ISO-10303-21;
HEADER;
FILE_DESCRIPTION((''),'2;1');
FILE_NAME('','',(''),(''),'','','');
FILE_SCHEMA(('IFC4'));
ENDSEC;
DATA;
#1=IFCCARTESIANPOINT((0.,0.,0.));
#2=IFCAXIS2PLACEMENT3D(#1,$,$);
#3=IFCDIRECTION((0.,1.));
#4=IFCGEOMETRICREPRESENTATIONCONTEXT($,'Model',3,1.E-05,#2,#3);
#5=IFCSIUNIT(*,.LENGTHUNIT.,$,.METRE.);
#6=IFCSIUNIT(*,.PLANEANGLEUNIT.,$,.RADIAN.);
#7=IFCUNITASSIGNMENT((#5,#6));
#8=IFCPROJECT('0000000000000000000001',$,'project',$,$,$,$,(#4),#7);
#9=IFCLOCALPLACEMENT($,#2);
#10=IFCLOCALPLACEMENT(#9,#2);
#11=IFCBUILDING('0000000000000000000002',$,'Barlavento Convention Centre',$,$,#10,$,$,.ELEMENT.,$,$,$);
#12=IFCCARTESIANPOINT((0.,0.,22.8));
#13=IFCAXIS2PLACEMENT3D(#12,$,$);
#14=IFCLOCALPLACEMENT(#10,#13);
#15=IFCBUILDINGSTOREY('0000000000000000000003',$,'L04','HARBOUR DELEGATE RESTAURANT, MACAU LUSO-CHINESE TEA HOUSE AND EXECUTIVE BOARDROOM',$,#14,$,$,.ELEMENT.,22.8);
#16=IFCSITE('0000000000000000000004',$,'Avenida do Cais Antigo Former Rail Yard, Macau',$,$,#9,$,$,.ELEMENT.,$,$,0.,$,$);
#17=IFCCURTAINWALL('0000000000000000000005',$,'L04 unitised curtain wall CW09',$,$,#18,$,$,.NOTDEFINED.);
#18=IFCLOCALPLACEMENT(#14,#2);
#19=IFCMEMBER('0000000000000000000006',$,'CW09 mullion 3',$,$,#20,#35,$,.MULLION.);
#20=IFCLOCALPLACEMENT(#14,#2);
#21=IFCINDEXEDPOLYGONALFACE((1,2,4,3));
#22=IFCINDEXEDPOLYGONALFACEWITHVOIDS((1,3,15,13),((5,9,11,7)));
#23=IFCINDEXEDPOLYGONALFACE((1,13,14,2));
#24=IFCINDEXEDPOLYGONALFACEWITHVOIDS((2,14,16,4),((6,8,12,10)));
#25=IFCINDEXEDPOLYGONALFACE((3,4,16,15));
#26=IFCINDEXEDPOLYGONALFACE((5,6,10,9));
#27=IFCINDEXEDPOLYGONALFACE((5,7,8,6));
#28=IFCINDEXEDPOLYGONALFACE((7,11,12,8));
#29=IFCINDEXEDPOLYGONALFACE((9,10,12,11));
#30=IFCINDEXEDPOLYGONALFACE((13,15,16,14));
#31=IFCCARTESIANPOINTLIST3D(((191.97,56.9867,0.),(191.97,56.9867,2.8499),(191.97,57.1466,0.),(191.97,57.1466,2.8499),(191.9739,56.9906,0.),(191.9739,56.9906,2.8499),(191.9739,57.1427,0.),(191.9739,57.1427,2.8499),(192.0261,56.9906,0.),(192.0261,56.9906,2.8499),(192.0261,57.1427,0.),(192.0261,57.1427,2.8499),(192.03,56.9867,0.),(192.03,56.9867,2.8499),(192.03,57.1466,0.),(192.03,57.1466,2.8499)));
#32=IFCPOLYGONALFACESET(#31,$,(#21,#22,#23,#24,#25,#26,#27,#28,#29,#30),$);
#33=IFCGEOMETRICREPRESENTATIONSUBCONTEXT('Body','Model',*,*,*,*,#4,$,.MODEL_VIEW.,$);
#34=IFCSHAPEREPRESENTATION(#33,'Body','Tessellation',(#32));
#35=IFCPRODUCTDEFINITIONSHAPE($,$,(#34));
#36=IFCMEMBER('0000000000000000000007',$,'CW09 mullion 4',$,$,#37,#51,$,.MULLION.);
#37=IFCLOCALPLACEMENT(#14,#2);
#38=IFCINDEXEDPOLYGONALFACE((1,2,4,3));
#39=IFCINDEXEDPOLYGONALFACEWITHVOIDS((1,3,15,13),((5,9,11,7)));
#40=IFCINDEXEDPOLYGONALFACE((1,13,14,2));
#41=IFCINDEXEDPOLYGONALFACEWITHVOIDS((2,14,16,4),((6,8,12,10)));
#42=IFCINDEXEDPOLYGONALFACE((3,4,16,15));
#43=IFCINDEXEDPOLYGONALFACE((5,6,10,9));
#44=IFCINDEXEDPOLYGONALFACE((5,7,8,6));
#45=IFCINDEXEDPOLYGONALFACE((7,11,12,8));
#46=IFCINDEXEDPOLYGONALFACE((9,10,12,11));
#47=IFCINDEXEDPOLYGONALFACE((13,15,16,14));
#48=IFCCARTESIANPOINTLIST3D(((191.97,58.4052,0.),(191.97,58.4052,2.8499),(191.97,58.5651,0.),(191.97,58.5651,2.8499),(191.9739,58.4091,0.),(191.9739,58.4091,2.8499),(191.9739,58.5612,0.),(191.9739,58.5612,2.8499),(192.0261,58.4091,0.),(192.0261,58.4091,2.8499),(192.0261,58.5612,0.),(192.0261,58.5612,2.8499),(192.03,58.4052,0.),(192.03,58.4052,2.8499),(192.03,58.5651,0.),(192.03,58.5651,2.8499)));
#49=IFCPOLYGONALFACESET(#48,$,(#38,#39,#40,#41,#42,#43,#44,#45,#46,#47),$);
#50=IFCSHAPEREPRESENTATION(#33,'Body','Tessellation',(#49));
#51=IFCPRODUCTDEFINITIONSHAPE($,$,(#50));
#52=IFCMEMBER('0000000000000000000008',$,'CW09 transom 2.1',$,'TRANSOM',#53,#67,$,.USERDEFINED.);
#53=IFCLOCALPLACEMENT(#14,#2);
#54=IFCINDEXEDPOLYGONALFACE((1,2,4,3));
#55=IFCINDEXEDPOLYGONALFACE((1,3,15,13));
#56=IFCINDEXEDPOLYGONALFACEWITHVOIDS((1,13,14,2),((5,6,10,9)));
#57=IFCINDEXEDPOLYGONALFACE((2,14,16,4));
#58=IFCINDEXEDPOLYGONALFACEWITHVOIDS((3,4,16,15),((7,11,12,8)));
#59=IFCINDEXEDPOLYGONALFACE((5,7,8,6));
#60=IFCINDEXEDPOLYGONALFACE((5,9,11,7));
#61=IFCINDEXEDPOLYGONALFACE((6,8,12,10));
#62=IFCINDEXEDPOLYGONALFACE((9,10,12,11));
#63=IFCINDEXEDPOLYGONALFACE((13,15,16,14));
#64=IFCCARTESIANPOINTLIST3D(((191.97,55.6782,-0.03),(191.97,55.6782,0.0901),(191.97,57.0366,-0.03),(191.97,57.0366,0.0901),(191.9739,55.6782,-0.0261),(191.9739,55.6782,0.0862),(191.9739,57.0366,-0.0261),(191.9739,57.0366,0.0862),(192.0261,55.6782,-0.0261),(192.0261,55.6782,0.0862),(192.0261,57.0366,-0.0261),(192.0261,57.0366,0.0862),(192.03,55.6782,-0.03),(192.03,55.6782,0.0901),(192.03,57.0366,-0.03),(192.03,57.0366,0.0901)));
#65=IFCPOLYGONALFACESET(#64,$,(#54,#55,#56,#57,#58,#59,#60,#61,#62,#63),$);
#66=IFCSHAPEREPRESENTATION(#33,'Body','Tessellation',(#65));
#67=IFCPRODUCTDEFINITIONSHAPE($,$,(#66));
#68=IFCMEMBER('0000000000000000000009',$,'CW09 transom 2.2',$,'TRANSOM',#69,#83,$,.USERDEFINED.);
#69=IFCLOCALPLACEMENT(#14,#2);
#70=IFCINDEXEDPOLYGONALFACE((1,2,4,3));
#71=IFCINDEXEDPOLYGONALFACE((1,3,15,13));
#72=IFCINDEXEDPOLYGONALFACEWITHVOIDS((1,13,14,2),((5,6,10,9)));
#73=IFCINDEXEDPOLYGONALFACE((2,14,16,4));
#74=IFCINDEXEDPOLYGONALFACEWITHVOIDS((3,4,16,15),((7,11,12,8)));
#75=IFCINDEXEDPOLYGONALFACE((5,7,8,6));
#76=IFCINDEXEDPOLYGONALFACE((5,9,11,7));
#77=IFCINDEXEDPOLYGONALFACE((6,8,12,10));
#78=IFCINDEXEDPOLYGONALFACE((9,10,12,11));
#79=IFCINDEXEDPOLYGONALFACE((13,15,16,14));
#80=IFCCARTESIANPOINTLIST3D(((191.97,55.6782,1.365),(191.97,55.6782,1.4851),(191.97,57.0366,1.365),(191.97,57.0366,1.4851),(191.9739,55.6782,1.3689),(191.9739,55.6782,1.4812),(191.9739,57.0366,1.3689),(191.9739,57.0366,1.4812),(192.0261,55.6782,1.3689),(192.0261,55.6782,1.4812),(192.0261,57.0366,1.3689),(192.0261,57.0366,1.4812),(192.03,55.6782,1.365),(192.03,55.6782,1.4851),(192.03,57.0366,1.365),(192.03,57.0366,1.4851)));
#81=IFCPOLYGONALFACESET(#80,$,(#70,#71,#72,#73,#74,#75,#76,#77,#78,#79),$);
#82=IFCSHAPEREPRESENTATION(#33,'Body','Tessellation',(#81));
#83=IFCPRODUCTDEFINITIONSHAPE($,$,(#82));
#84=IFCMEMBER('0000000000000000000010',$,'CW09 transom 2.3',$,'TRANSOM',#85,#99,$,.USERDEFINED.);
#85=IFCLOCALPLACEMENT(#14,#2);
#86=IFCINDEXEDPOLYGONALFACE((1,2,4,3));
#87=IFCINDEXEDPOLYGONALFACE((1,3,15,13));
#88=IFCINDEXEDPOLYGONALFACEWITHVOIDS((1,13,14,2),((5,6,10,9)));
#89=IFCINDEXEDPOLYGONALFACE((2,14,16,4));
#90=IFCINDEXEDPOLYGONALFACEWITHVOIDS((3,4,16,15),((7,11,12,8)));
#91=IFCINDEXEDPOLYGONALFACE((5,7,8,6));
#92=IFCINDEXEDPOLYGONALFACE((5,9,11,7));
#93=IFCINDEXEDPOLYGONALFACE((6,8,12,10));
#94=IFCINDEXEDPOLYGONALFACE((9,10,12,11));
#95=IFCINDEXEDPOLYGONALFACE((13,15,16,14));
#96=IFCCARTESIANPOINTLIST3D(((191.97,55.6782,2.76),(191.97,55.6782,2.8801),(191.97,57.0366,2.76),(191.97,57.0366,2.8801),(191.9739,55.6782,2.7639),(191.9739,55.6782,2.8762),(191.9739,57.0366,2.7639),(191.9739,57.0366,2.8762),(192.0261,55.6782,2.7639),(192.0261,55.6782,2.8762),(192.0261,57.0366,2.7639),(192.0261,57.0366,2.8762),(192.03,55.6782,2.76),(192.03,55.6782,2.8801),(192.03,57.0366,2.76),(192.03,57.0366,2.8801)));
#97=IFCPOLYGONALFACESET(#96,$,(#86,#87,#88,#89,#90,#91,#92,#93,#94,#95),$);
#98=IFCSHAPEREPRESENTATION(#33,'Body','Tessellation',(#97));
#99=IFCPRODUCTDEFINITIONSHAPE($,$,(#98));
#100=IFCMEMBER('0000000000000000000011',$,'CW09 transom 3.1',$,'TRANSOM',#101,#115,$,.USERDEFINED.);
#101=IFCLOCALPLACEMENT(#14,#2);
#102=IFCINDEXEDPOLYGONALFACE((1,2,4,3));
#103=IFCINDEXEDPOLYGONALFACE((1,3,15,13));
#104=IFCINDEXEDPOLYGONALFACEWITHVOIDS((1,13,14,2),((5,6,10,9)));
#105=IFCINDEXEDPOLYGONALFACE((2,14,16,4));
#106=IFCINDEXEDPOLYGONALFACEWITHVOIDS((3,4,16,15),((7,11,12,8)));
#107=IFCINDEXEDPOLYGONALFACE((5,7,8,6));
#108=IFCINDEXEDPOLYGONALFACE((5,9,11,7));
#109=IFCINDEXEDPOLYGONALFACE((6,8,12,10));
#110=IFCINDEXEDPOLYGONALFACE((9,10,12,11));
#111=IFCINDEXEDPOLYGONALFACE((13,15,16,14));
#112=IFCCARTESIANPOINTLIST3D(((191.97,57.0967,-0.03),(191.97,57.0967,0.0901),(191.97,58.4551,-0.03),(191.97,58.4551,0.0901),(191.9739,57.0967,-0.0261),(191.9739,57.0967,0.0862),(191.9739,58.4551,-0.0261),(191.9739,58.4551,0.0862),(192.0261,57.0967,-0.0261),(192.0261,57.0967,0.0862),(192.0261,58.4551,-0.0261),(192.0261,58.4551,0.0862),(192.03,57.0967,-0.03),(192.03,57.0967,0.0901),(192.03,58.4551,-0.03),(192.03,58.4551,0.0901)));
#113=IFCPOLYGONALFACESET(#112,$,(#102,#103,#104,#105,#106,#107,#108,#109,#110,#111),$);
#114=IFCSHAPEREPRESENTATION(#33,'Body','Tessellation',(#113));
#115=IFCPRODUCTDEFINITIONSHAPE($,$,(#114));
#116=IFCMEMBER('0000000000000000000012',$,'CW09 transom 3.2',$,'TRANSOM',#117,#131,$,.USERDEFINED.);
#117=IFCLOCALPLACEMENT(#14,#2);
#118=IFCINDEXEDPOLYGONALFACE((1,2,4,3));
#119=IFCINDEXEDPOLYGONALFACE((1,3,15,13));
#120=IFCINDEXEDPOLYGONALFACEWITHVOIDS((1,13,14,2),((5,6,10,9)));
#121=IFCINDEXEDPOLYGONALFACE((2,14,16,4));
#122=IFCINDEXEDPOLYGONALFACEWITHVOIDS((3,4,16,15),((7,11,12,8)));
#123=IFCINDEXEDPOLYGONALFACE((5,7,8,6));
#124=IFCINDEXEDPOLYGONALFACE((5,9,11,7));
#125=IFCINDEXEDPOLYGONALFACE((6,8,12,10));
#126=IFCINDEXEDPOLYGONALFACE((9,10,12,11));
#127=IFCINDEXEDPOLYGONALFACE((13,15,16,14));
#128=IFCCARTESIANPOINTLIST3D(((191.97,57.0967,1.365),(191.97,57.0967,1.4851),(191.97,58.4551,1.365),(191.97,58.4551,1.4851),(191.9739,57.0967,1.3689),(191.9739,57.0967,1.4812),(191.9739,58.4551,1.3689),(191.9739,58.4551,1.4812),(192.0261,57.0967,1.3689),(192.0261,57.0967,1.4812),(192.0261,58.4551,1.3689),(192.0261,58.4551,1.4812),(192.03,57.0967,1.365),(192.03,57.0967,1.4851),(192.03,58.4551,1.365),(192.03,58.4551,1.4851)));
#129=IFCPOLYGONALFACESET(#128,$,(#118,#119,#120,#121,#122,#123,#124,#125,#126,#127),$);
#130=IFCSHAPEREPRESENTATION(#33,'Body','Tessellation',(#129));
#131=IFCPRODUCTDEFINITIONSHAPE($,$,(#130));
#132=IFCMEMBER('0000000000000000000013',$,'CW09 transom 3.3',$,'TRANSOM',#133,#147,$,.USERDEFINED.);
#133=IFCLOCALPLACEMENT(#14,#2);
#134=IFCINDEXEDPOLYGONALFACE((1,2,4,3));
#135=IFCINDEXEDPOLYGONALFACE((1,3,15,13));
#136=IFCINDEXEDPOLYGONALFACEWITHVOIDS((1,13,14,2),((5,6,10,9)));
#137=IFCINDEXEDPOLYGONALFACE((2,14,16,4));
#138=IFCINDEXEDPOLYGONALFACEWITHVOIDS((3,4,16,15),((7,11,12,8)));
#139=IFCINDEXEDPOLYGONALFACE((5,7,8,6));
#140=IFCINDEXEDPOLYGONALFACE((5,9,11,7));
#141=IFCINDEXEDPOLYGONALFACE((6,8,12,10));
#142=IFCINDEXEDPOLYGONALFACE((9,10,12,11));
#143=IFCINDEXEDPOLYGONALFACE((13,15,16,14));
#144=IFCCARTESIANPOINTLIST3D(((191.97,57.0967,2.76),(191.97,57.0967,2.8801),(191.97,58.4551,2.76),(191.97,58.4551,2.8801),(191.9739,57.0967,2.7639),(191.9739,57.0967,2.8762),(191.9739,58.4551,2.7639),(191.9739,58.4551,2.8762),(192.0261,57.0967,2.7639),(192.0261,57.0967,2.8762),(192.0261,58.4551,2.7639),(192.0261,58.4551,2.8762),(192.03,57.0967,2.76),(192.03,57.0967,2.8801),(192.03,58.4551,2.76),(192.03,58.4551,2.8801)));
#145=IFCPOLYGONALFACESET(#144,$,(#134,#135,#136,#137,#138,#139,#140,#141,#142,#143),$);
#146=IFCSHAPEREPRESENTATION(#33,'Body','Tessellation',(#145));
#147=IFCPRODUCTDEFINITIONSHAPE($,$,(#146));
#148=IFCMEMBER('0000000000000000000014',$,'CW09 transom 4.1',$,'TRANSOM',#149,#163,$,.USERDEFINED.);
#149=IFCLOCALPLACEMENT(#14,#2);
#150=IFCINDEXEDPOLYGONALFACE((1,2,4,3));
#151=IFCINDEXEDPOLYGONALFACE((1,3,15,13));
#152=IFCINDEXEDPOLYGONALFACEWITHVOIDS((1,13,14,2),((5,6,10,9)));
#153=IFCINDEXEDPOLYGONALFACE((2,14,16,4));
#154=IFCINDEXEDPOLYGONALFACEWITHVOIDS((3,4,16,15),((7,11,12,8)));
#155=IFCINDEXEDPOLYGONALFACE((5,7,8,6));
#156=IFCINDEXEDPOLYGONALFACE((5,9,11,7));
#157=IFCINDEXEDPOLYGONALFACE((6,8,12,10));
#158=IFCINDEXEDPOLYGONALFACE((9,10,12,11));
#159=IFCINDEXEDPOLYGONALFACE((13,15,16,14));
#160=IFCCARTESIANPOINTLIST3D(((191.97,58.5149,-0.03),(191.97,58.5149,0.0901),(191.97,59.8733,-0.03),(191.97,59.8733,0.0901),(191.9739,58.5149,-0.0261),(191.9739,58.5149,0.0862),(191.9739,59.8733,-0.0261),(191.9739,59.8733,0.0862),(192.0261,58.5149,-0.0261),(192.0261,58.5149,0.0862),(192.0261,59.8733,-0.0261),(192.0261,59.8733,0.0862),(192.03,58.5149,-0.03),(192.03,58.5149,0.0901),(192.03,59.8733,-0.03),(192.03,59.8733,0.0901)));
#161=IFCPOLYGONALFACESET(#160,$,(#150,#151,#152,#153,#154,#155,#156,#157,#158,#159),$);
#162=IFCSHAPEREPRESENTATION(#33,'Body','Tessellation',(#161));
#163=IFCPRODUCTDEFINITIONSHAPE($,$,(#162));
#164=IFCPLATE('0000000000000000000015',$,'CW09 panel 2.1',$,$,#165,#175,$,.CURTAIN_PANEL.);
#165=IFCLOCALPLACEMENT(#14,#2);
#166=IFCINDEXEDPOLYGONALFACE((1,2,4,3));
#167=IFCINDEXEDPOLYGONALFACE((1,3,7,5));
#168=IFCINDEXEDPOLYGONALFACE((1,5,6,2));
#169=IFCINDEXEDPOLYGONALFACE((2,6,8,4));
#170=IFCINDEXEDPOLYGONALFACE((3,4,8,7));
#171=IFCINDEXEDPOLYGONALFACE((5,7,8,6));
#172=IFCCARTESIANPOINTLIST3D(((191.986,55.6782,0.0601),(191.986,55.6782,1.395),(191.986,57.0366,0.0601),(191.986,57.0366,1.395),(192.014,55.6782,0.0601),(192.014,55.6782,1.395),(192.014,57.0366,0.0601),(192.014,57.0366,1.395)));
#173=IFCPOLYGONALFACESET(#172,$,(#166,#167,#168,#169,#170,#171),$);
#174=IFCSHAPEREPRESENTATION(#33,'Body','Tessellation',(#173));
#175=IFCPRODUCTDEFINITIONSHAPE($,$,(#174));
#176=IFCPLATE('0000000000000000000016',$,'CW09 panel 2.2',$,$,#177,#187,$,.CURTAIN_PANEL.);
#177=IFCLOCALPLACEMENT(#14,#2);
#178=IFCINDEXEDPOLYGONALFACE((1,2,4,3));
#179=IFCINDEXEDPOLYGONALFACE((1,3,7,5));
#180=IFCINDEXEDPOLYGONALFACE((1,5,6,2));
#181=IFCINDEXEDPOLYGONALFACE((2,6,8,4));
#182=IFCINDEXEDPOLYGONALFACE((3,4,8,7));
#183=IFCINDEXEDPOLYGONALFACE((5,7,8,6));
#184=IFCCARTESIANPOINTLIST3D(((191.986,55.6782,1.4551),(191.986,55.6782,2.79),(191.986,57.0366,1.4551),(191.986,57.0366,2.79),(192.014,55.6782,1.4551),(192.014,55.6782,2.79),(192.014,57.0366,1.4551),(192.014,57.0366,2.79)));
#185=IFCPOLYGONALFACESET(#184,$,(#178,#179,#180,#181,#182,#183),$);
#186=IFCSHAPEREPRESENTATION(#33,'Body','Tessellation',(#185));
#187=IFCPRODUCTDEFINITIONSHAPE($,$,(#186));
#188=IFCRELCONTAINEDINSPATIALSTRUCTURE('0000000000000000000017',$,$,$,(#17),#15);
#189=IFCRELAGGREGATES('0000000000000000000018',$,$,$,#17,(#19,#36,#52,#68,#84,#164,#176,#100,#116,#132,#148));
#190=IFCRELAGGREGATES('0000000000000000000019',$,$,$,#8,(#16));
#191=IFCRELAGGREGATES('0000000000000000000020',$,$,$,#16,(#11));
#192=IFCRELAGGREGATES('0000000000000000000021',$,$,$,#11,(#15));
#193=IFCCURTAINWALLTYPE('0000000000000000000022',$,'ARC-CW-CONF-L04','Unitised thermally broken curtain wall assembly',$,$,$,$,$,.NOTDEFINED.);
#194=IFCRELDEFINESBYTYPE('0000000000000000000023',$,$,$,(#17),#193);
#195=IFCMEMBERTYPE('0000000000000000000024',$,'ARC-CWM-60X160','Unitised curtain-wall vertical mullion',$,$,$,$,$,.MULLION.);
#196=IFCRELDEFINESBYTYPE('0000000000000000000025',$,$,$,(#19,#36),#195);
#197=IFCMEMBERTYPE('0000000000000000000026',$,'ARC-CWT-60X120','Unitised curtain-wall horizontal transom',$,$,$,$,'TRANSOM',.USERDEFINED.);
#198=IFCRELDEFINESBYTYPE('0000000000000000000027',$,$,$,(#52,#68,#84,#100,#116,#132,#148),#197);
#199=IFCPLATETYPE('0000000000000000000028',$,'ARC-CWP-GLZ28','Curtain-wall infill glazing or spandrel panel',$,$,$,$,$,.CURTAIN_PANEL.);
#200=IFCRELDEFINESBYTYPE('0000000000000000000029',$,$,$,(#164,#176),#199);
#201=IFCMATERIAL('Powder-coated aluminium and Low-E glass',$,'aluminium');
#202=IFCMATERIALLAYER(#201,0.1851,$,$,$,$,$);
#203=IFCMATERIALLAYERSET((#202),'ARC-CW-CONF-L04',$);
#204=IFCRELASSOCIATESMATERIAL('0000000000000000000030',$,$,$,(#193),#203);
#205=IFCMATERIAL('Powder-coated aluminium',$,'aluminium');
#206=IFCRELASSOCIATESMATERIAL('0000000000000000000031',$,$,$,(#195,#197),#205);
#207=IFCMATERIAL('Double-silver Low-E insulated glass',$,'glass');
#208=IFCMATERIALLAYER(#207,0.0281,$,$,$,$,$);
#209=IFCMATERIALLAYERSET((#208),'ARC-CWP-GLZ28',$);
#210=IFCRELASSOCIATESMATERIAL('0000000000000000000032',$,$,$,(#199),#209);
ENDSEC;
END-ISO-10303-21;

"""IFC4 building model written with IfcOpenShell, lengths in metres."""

from ifc_helpers import new_model, si_unit, direction, frame, origin, origin_2d, place, context, subcontext, project, spatial, rectangle, hollow_rectangle, extrude, material, layer, layer_set, material_profile, profile_set, type_object, element, aggregate, save


model = new_model("IFC4")

# Units and contexts
model_context = context("Model", 3, precision=1e-05, world=origin(), true_north=direction((0.0, 1.0)))
body_context = subcontext(model_context, "Body", "Model", "MODEL_VIEW")
ifc_project = project(units=[si_unit("LENGTHUNIT", "METRE"), si_unit("PLANEANGLEUNIT", "RADIAN")], contexts=[model_context])

# Site, building, storey
site_placement = place(None, origin())
site = spatial("IfcSite", under=ifc_project, at=site_placement, Name="Avenida do Cais Antigo Former Rail Yard, Macau", CompositionType="ELEMENT", RefElevation=0.0)
building_placement = place(site_placement, origin())
building = spatial("IfcBuilding", under=site, at=building_placement, Name="Barlavento Convention Centre", CompositionType="ELEMENT")
storey_placement = place(building_placement, frame((0.0, 0.0, 22.8)))
storey = spatial("IfcBuildingStorey", under=building, at=storey_placement, Name="L04", Description="HARBOUR DELEGATE RESTAURANT, MACAU LUSO-CHINESE TEA HOUSE AND EXECUTIVE BOARDROOM", CompositionType="ELEMENT", Elevation=22.8)

# Curtain wall, members, plates
ifc_material_1 = material(Name="Powder-coated aluminium and Low-E glass", Category="aluminium")
ifc_layer_1 = layer(ifc_material_1, 0.1851)
ifc_layer_set_1 = layer_set([ifc_layer_1], Name="ARC-CW-CONF-L04")
curtain_wall_type = type_object("IfcCurtainWallType", Name="ARC-CW-CONF-L04", Description="Unitised thermally broken curtain wall assembly", PredefinedType="NOTDEFINED", material=ifc_layer_set_1)
curtain_wall_placement = place(storey_placement, origin())
curtain_wall = element("IfcCurtainWall", 1, at=curtain_wall_placement, inside=storey, type_object=curtain_wall_type, Name="L04 unitised curtain wall CW09", PredefinedType="NOTDEFINED")
ifc_material_2 = material(Name="Powder-coated aluminium", Category="aluminium")
ifc_material_profile_1 = material_profile(ifc_material_2, hollow_rectangle(XDim=0.0601, YDim=0.1599, WallThickness=0.0039, at=origin_2d()), Name="AL-MULL 60x160x4")
ifc_profile_set_1 = profile_set([ifc_material_profile_1], Name="Powder-coated aluminium")
member_type_1 = type_object("IfcMemberType", Name="ARC-CWM-60X160", Description="Unitised curtain-wall vertical mullion", PredefinedType="MULLION", material=ifc_profile_set_1)
member_1_placement = place(storey_placement, frame((192.0, 57.0667, 0.0), z_axis=(0.0, 0.0, 1.0), x_axis=(-1.0, 0.0, 0.0)))
member_1 = element("IfcMember", 2, at=member_1_placement, type_object=member_type_1, Name="CW09 mullion 3", PredefinedType="MULLION", context=body_context, shape_type="SweptSolid", body=[
    extrude(hollow_rectangle(XDim=0.0601, YDim=0.1599, WallThickness=0.0039, at=origin_2d()), origin(), (0.0, 0.0, 1.0), 2.8499),
])
member_2_placement = place(storey_placement, frame((192.0, 58.4851, 0.0), z_axis=(0.0, 0.0, 1.0), x_axis=(-1.0, 0.0, 0.0)))
member_2 = element("IfcMember", 3, at=member_2_placement, type_object=member_type_1, Name="CW09 mullion 4", PredefinedType="MULLION", context=body_context, shape_type="SweptSolid", body=[
    extrude(hollow_rectangle(XDim=0.0601, YDim=0.1599, WallThickness=0.0039, at=origin_2d()), origin(), (0.0, 0.0, 1.0), 2.8499),
])
ifc_material_profile_2 = material_profile(ifc_material_2, hollow_rectangle(XDim=0.0601, YDim=0.1201, WallThickness=0.0039, at=origin_2d()), Name="AL-TRAN 60x120x4")
ifc_profile_set_2 = profile_set([ifc_material_profile_2], Name="Powder-coated aluminium")
member_type_2 = type_object("IfcMemberType", Name="ARC-CWT-60X120", Description="Unitised curtain-wall horizontal transom", ElementType="TRANSOM", PredefinedType="USERDEFINED", material=ifc_profile_set_2)
member_3_placement = place(storey_placement, frame((192.0, 55.6782, 0.03), z_axis=(0.0, 1.0, 0.0), x_axis=(-1.0, 0.0, 0.0)))
member_3 = element("IfcMember", 4, at=member_3_placement, type_object=member_type_2, Name="CW09 transom 2.1", ObjectType="TRANSOM", PredefinedType="USERDEFINED", context=body_context, shape_type="SweptSolid", body=[
    extrude(hollow_rectangle(XDim=0.0601, YDim=0.1201, WallThickness=0.0039, at=origin_2d()), origin(), (0.0, 0.0, 1.0), 1.3584),
])
member_4_placement = place(storey_placement, frame((192.0, 55.6782, 1.425), z_axis=(0.0, 1.0, 0.0), x_axis=(-1.0, 0.0, 0.0)))
member_4 = element("IfcMember", 5, at=member_4_placement, type_object=member_type_2, Name="CW09 transom 2.2", ObjectType="TRANSOM", PredefinedType="USERDEFINED", context=body_context, shape_type="SweptSolid", body=[
    extrude(hollow_rectangle(XDim=0.0601, YDim=0.1201, WallThickness=0.0039, at=origin_2d()), origin(), (0.0, 0.0, 1.0), 1.3584),
])
member_5_placement = place(storey_placement, frame((192.0, 55.6782, 2.8201), z_axis=(0.0, 1.0, 0.0), x_axis=(-1.0, 0.0, 0.0)))
member_5 = element("IfcMember", 6, at=member_5_placement, type_object=member_type_2, Name="CW09 transom 2.3", ObjectType="TRANSOM", PredefinedType="USERDEFINED", context=body_context, shape_type="SweptSolid", body=[
    extrude(hollow_rectangle(XDim=0.0601, YDim=0.1201, WallThickness=0.0039, at=origin_2d()), origin(), (0.0, 0.0, 1.0), 1.3584),
])
member_6_placement = place(storey_placement, frame((192.0, 57.0967, 0.03), z_axis=(0.0, 1.0, 0.0), x_axis=(-1.0, 0.0, 0.0)))
member_6 = element("IfcMember", 7, at=member_6_placement, type_object=member_type_2, Name="CW09 transom 3.1", ObjectType="TRANSOM", PredefinedType="USERDEFINED", context=body_context, shape_type="SweptSolid", body=[
    extrude(hollow_rectangle(XDim=0.0601, YDim=0.1201, WallThickness=0.0039, at=origin_2d()), origin(), (0.0, 0.0, 1.0), 1.3584),
])
member_7_placement = place(storey_placement, frame((192.0, 57.0967, 1.425), z_axis=(0.0, 1.0, 0.0), x_axis=(-1.0, 0.0, 0.0)))
member_7 = element("IfcMember", 8, at=member_7_placement, type_object=member_type_2, Name="CW09 transom 3.2", ObjectType="TRANSOM", PredefinedType="USERDEFINED", context=body_context, shape_type="SweptSolid", body=[
    extrude(hollow_rectangle(XDim=0.0601, YDim=0.1201, WallThickness=0.0039, at=origin_2d()), origin(), (0.0, 0.0, 1.0), 1.3584),
])
member_8_placement = place(storey_placement, frame((192.0, 57.0967, 2.8201), z_axis=(0.0, 1.0, 0.0), x_axis=(-1.0, 0.0, 0.0)))
member_8 = element("IfcMember", 9, at=member_8_placement, type_object=member_type_2, Name="CW09 transom 3.3", ObjectType="TRANSOM", PredefinedType="USERDEFINED", context=body_context, shape_type="SweptSolid", body=[
    extrude(hollow_rectangle(XDim=0.0601, YDim=0.1201, WallThickness=0.0039, at=origin_2d()), origin(), (0.0, 0.0, 1.0), 1.3584),
])
member_9_placement = place(storey_placement, frame((192.0, 58.5149, 0.03), z_axis=(0.0, 1.0, 0.0), x_axis=(-1.0, 0.0, 0.0)))
member_9 = element("IfcMember", 10, at=member_9_placement, type_object=member_type_2, Name="CW09 transom 4.1", ObjectType="TRANSOM", PredefinedType="USERDEFINED", context=body_context, shape_type="SweptSolid", body=[
    extrude(hollow_rectangle(XDim=0.0601, YDim=0.1201, WallThickness=0.0039, at=origin_2d()), origin(), (0.0, 0.0, 1.0), 1.3584),
])
ifc_material_3 = material(Name="Double-silver Low-E insulated glass", Category="glass")
ifc_layer_2 = layer(ifc_material_3, 0.0281)
ifc_layer_set_2 = layer_set([ifc_layer_2], Name="ARC-CWP-GLZ28")
plate_type = type_object("IfcPlateType", Name="ARC-CWP-GLZ28", Description="Curtain-wall infill glazing or spandrel panel", PredefinedType="CURTAIN_PANEL", material=ifc_layer_set_2)
plate_1_placement = place(storey_placement, frame((192.0, 56.3574, 0.0601), z_axis=(0.0, 0.0, 1.0), x_axis=(0.0, 1.0, 0.0)))
plate_1 = element("IfcPlate", 11, at=plate_1_placement, type_object=plate_type, Name="CW09 panel 2.1", PredefinedType="CURTAIN_PANEL", context=body_context, shape_type="SweptSolid", body=[
    extrude(rectangle(XDim=1.3584, YDim=0.0281, at=origin_2d()), origin(), (0.0, 0.0, 1.0), 1.335),
])
plate_2_placement = place(storey_placement, frame((192.0, 56.3574, 1.4551), z_axis=(0.0, 0.0, 1.0), x_axis=(0.0, 1.0, 0.0)))
plate_2 = element("IfcPlate", 12, at=plate_2_placement, type_object=plate_type, Name="CW09 panel 2.2", PredefinedType="CURTAIN_PANEL", context=body_context, shape_type="SweptSolid", body=[
    extrude(rectangle(XDim=1.3584, YDim=0.0281, at=origin_2d()), origin(), (0.0, 0.0, 1.0), 1.335),
])
aggregate(curtain_wall, [member_1, member_2, member_3, member_4, member_5, plate_1, plate_2, member_6, member_7, member_8, member_9])

save(model, "model.ifc")
